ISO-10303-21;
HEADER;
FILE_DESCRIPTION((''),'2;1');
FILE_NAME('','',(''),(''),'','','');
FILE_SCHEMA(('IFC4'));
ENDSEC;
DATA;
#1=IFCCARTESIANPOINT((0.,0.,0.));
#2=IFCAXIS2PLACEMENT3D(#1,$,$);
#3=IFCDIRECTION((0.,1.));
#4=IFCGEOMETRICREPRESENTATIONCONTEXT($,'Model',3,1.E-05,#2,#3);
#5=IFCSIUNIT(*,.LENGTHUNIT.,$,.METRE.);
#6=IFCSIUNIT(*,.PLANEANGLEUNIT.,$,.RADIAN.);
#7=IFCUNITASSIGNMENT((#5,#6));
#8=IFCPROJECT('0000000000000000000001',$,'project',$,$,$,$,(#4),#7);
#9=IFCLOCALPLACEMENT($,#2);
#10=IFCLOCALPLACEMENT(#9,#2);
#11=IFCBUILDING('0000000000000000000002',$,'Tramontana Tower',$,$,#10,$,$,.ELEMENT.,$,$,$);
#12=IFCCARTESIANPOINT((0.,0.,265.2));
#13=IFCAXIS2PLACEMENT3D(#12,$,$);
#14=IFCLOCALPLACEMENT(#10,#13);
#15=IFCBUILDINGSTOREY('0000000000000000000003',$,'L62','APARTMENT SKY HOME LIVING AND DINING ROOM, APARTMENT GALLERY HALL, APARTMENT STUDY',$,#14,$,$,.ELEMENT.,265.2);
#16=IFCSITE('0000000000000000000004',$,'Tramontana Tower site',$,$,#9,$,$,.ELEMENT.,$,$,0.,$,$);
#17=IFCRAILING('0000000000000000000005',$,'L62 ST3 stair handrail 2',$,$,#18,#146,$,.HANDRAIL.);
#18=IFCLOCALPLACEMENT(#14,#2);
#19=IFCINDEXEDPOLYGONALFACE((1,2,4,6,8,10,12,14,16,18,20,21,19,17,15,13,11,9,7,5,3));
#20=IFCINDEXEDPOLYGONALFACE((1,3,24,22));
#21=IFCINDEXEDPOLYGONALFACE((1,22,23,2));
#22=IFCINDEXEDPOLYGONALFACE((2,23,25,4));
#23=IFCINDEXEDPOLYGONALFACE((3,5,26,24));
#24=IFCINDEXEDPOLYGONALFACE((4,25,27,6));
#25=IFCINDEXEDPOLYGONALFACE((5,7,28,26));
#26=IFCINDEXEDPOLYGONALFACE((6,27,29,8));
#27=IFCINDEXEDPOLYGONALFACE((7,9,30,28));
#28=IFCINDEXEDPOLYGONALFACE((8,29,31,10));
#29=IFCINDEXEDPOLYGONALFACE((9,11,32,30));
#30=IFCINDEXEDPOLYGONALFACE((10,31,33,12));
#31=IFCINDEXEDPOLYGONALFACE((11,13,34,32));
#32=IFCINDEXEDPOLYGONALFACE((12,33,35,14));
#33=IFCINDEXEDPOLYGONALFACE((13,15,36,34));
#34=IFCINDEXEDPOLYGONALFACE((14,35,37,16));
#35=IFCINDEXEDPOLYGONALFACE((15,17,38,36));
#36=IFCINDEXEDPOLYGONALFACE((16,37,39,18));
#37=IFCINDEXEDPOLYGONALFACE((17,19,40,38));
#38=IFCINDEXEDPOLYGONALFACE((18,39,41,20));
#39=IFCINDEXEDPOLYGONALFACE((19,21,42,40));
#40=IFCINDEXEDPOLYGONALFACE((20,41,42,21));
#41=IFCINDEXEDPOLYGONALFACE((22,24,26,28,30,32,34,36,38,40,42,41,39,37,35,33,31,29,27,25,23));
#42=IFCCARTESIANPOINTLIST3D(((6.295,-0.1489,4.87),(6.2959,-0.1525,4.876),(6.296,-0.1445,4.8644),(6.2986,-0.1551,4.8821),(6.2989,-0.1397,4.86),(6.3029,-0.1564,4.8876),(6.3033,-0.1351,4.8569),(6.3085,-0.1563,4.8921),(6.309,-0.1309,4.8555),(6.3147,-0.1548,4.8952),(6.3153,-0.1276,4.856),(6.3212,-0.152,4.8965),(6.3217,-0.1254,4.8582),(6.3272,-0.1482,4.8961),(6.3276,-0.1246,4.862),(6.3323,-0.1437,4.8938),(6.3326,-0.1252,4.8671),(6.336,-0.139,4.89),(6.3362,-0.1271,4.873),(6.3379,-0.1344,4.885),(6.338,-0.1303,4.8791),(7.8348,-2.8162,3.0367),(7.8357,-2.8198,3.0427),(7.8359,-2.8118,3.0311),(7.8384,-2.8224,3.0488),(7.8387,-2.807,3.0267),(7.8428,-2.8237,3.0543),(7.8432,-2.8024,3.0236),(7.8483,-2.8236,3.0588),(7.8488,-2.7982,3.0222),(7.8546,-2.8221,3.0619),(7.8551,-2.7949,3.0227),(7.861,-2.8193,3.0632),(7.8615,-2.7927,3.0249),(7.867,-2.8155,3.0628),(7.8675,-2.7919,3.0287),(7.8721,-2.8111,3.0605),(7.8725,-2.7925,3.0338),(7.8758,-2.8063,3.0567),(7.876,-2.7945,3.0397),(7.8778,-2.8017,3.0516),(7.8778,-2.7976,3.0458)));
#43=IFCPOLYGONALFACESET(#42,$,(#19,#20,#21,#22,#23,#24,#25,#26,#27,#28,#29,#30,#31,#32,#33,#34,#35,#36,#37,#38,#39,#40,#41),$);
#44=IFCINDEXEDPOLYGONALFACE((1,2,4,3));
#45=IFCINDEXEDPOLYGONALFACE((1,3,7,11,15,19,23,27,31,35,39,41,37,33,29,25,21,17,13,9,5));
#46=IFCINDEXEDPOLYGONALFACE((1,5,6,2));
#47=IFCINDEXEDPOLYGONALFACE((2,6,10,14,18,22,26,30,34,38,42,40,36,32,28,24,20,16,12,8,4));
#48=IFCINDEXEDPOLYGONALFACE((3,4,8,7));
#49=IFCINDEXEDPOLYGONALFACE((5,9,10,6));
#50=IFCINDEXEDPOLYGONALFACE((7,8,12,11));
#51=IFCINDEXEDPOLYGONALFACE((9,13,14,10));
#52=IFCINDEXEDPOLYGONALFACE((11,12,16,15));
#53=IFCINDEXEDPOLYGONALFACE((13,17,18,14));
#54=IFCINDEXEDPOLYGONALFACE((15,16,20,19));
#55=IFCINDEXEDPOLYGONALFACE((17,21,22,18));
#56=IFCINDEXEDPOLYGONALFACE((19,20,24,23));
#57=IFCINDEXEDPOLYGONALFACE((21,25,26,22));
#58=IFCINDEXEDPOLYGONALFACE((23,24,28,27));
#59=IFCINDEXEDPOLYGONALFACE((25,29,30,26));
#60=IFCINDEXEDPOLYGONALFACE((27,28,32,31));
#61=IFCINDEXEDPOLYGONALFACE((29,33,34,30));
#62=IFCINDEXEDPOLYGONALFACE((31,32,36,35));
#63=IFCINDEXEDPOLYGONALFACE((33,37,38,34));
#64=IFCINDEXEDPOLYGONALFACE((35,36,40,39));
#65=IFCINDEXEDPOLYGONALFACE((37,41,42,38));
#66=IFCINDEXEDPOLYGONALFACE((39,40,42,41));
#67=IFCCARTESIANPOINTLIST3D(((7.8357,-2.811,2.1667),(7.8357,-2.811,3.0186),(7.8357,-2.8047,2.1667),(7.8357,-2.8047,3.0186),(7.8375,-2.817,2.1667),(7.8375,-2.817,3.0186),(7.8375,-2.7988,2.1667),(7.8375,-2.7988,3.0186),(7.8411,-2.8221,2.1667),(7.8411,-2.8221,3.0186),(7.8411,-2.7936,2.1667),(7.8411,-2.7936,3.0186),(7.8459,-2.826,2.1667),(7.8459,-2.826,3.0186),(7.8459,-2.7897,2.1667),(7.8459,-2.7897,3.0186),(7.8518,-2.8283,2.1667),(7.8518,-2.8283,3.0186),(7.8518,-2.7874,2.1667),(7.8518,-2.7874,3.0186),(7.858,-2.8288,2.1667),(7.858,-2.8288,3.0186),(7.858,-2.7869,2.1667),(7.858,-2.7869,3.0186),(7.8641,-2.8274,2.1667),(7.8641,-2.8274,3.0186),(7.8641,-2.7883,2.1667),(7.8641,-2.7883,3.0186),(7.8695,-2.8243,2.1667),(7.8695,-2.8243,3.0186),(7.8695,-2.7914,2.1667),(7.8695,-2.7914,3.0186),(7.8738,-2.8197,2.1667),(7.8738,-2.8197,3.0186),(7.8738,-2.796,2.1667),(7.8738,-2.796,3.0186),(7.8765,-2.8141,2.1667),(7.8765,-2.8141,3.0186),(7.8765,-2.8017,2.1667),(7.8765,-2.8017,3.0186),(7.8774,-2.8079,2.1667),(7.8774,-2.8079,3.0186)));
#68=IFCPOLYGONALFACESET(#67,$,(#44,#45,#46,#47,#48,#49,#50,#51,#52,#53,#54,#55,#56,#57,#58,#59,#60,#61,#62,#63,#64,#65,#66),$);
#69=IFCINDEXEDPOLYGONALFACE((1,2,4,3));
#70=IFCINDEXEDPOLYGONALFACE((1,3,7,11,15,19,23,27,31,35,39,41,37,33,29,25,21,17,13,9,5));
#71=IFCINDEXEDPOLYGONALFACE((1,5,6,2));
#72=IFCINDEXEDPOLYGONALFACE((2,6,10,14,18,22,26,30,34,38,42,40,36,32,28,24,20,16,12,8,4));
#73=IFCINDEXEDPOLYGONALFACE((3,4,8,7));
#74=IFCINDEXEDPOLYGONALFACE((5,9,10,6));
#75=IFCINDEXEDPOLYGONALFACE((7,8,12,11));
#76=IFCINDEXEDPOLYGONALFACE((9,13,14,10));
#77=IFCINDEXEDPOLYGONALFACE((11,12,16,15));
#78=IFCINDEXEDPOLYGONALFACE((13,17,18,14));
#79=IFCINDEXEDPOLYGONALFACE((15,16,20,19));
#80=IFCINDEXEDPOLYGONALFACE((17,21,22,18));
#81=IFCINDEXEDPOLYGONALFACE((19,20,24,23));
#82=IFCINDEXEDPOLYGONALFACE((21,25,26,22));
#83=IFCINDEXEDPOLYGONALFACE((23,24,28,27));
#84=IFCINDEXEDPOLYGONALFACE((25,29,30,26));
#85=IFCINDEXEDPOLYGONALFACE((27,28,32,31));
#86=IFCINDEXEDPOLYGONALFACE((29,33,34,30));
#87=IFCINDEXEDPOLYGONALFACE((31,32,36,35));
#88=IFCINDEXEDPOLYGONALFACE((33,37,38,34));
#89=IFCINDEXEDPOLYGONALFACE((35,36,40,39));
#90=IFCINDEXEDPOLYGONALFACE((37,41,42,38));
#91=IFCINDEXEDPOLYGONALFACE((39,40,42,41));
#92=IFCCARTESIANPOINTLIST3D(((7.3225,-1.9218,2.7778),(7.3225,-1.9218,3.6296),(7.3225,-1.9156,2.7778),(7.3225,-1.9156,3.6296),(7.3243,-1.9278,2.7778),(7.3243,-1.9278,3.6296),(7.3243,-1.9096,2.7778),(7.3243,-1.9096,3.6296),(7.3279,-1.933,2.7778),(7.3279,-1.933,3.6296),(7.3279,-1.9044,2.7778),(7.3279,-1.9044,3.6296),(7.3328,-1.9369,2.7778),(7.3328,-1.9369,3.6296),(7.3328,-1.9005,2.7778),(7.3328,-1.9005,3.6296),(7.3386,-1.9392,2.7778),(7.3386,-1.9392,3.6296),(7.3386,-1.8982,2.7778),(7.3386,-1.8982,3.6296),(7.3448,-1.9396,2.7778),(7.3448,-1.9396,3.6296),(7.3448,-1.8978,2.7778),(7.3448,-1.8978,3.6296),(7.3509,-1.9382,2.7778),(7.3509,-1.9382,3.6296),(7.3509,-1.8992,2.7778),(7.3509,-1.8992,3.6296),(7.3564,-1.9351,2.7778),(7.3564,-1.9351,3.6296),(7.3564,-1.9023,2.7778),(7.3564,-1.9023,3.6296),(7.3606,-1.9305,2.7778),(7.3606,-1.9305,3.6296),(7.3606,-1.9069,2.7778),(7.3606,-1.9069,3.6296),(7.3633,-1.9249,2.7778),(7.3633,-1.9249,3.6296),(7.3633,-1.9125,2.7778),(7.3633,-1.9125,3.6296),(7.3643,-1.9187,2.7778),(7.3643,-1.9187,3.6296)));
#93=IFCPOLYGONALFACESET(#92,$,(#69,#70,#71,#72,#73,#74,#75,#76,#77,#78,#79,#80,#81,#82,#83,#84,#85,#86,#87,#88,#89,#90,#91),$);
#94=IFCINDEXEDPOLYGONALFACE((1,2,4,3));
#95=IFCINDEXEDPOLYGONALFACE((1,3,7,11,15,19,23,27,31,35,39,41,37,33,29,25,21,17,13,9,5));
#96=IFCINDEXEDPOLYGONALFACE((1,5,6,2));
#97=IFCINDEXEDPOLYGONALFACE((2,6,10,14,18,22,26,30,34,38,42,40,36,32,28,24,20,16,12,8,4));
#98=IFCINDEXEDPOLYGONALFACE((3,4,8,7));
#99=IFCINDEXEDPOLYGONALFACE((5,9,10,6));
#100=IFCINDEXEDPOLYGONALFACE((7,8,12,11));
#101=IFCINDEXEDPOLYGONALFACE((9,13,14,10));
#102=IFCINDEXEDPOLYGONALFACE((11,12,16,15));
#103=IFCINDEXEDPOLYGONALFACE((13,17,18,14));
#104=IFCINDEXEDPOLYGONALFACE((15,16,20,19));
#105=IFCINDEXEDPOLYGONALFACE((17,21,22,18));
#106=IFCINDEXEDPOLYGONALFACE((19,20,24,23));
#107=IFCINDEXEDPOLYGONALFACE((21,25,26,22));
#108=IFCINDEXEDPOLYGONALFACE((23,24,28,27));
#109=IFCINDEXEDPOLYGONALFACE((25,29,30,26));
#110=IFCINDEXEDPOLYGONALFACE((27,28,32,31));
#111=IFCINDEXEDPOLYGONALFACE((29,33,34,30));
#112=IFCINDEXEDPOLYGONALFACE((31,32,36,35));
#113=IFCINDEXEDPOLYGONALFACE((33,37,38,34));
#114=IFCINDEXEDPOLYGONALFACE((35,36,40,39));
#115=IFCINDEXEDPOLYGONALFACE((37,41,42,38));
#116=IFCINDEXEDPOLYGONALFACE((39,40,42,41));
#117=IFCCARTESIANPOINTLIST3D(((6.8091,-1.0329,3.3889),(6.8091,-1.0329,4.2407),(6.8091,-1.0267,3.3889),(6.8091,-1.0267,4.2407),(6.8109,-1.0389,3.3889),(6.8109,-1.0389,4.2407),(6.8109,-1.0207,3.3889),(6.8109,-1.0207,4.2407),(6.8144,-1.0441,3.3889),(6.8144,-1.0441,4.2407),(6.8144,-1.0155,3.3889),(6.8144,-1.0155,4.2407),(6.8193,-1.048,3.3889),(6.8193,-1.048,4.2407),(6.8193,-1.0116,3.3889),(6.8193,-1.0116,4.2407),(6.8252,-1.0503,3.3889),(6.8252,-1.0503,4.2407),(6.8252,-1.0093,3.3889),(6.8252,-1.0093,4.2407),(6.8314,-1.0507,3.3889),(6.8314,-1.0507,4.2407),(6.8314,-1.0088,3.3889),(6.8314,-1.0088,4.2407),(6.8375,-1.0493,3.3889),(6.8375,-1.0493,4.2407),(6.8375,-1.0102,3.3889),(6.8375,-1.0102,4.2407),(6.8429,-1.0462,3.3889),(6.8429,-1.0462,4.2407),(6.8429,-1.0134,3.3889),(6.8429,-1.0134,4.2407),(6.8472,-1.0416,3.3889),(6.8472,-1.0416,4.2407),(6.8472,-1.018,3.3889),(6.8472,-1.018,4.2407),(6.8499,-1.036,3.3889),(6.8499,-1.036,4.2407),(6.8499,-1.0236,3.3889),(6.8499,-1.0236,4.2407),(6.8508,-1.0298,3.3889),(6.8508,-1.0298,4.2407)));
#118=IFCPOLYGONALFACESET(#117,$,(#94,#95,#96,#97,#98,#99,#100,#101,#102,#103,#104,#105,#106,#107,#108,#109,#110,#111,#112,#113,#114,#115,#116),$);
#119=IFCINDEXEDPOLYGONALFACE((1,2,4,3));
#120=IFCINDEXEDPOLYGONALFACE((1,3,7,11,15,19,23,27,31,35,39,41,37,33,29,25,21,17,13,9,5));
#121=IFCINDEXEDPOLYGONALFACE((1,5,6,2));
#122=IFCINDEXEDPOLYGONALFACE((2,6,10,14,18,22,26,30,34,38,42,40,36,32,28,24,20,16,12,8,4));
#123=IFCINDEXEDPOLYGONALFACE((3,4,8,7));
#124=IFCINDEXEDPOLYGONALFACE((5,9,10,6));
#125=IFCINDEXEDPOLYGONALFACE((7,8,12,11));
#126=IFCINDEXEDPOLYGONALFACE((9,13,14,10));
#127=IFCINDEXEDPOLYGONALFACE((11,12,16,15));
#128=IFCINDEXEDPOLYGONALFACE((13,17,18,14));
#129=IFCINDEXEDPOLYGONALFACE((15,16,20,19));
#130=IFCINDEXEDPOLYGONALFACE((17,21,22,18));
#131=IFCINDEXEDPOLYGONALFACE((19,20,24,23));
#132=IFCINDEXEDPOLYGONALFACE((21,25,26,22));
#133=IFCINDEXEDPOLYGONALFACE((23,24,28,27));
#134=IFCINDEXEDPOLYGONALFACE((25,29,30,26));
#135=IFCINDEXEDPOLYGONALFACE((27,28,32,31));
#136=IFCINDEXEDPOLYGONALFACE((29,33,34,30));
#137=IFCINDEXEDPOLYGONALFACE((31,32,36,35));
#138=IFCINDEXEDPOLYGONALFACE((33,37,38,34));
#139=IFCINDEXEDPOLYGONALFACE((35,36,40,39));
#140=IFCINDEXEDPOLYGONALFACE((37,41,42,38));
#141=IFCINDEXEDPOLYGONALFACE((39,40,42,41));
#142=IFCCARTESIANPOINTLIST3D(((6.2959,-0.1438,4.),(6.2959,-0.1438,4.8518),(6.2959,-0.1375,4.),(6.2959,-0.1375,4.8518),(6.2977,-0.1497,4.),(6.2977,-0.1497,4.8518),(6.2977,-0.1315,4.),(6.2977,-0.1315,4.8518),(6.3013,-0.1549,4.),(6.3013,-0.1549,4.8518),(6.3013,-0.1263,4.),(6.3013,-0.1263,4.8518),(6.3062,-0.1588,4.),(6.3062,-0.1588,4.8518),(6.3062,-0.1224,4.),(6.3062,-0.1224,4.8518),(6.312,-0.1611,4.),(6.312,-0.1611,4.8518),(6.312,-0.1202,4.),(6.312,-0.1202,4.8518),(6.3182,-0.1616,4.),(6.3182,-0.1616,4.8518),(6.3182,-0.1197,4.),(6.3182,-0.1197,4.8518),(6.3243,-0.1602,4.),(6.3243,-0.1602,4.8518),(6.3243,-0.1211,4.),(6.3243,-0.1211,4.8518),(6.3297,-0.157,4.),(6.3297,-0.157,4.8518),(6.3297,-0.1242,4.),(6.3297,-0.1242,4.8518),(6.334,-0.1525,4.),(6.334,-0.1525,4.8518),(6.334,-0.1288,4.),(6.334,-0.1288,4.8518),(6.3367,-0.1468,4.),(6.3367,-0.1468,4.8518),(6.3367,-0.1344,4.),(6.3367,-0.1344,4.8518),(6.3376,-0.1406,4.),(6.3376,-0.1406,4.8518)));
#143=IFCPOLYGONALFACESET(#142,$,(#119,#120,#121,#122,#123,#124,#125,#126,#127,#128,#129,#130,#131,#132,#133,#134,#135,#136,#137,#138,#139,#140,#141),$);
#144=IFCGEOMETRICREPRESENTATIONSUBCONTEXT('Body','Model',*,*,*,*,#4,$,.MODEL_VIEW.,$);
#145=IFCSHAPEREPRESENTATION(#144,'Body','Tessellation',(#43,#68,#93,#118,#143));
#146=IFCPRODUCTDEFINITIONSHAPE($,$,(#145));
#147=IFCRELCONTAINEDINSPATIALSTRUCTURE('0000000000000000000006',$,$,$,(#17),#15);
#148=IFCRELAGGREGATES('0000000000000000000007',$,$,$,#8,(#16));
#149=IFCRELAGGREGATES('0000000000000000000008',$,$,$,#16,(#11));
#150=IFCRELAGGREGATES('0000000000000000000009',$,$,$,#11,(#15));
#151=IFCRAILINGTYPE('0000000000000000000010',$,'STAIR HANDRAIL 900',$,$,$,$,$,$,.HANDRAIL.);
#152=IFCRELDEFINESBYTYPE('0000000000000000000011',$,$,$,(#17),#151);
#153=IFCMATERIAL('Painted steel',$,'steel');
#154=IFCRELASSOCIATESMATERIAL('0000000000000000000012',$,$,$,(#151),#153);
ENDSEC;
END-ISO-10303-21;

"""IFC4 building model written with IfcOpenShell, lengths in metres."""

from ifc_helpers import new_model, si_unit, direction, frame, origin, origin_2d, place, context, subcontext, project, spatial, circle, extrude, material, type_object, element, save


model = new_model("IFC4")

# Units and contexts
model_context = context("Model", 3, precision=1e-05, world=origin(), true_north=direction((0.0, 1.0)))
body_context = subcontext(model_context, "Body", "Model", "MODEL_VIEW")
ifc_project = project(units=[si_unit("LENGTHUNIT", "METRE"), si_unit("PLANEANGLEUNIT", "RADIAN")], contexts=[model_context])

# Site, building, storey
site_placement = place(None, origin())
site = spatial("IfcSite", under=ifc_project, at=site_placement, Name="Tramontana Tower site", CompositionType="ELEMENT", RefElevation=0.0)
building_placement = place(site_placement, origin())
building = spatial("IfcBuilding", under=site, at=building_placement, Name="Tramontana Tower", CompositionType="ELEMENT")
storey_placement = place(building_placement, frame((0.0, 0.0, 265.2)))
storey = spatial("IfcBuildingStorey", under=building, at=storey_placement, Name="L62", Description="APARTMENT SKY HOME LIVING AND DINING ROOM, APARTMENT GALLERY HALL, APARTMENT STUDY", CompositionType="ELEMENT", Elevation=265.2)

# Railing
ifc_material_1 = material(Name="Painted steel", Category="steel")
railing_type_1 = type_object("IfcRailingType", Name="STAIR HANDRAIL 900", PredefinedType="HANDRAIL", material=ifc_material_1)
railing_1_placement = place(storey_placement, frame((7.8564, -2.8079, 2.1667)))
element("IfcRailing", 1, at=railing_1_placement, inside=storey, type_object=railing_type_1, Name="L62 ST3 stair handrail 2", PredefinedType="HANDRAIL", context=body_context, shape_type="SweptSolid", body=[
    extrude(circle(Radius=0.0239, at=origin_2d()), frame((0.0, 0.0, 0.876), z_axis=(-0.429616, 0.744181, 0.511493), x_axis=(-0.866044, -0.499967, 0.0)), (0.0, 0.0, 1.0), 3.5842),
    extrude(circle(Radius=0.021, at=origin_2d()), origin(), (0.0, 0.0, 1.0), 0.8518),
    extrude(circle(Radius=0.021, at=origin_2d()), frame((-0.5132, 0.8892, 0.6111)), (0.0, 0.0, 1.0), 0.8518),
    extrude(circle(Radius=0.021, at=origin_2d()), frame((-1.0266, 1.7781, 1.2222)), (0.0, 0.0, 1.0), 0.8518),
    extrude(circle(Radius=0.021, at=origin_2d()), frame((-1.5398, 2.6672, 1.8333)), (0.0, 0.0, 1.0), 0.8518),
])

save(model, "model.ifc")
